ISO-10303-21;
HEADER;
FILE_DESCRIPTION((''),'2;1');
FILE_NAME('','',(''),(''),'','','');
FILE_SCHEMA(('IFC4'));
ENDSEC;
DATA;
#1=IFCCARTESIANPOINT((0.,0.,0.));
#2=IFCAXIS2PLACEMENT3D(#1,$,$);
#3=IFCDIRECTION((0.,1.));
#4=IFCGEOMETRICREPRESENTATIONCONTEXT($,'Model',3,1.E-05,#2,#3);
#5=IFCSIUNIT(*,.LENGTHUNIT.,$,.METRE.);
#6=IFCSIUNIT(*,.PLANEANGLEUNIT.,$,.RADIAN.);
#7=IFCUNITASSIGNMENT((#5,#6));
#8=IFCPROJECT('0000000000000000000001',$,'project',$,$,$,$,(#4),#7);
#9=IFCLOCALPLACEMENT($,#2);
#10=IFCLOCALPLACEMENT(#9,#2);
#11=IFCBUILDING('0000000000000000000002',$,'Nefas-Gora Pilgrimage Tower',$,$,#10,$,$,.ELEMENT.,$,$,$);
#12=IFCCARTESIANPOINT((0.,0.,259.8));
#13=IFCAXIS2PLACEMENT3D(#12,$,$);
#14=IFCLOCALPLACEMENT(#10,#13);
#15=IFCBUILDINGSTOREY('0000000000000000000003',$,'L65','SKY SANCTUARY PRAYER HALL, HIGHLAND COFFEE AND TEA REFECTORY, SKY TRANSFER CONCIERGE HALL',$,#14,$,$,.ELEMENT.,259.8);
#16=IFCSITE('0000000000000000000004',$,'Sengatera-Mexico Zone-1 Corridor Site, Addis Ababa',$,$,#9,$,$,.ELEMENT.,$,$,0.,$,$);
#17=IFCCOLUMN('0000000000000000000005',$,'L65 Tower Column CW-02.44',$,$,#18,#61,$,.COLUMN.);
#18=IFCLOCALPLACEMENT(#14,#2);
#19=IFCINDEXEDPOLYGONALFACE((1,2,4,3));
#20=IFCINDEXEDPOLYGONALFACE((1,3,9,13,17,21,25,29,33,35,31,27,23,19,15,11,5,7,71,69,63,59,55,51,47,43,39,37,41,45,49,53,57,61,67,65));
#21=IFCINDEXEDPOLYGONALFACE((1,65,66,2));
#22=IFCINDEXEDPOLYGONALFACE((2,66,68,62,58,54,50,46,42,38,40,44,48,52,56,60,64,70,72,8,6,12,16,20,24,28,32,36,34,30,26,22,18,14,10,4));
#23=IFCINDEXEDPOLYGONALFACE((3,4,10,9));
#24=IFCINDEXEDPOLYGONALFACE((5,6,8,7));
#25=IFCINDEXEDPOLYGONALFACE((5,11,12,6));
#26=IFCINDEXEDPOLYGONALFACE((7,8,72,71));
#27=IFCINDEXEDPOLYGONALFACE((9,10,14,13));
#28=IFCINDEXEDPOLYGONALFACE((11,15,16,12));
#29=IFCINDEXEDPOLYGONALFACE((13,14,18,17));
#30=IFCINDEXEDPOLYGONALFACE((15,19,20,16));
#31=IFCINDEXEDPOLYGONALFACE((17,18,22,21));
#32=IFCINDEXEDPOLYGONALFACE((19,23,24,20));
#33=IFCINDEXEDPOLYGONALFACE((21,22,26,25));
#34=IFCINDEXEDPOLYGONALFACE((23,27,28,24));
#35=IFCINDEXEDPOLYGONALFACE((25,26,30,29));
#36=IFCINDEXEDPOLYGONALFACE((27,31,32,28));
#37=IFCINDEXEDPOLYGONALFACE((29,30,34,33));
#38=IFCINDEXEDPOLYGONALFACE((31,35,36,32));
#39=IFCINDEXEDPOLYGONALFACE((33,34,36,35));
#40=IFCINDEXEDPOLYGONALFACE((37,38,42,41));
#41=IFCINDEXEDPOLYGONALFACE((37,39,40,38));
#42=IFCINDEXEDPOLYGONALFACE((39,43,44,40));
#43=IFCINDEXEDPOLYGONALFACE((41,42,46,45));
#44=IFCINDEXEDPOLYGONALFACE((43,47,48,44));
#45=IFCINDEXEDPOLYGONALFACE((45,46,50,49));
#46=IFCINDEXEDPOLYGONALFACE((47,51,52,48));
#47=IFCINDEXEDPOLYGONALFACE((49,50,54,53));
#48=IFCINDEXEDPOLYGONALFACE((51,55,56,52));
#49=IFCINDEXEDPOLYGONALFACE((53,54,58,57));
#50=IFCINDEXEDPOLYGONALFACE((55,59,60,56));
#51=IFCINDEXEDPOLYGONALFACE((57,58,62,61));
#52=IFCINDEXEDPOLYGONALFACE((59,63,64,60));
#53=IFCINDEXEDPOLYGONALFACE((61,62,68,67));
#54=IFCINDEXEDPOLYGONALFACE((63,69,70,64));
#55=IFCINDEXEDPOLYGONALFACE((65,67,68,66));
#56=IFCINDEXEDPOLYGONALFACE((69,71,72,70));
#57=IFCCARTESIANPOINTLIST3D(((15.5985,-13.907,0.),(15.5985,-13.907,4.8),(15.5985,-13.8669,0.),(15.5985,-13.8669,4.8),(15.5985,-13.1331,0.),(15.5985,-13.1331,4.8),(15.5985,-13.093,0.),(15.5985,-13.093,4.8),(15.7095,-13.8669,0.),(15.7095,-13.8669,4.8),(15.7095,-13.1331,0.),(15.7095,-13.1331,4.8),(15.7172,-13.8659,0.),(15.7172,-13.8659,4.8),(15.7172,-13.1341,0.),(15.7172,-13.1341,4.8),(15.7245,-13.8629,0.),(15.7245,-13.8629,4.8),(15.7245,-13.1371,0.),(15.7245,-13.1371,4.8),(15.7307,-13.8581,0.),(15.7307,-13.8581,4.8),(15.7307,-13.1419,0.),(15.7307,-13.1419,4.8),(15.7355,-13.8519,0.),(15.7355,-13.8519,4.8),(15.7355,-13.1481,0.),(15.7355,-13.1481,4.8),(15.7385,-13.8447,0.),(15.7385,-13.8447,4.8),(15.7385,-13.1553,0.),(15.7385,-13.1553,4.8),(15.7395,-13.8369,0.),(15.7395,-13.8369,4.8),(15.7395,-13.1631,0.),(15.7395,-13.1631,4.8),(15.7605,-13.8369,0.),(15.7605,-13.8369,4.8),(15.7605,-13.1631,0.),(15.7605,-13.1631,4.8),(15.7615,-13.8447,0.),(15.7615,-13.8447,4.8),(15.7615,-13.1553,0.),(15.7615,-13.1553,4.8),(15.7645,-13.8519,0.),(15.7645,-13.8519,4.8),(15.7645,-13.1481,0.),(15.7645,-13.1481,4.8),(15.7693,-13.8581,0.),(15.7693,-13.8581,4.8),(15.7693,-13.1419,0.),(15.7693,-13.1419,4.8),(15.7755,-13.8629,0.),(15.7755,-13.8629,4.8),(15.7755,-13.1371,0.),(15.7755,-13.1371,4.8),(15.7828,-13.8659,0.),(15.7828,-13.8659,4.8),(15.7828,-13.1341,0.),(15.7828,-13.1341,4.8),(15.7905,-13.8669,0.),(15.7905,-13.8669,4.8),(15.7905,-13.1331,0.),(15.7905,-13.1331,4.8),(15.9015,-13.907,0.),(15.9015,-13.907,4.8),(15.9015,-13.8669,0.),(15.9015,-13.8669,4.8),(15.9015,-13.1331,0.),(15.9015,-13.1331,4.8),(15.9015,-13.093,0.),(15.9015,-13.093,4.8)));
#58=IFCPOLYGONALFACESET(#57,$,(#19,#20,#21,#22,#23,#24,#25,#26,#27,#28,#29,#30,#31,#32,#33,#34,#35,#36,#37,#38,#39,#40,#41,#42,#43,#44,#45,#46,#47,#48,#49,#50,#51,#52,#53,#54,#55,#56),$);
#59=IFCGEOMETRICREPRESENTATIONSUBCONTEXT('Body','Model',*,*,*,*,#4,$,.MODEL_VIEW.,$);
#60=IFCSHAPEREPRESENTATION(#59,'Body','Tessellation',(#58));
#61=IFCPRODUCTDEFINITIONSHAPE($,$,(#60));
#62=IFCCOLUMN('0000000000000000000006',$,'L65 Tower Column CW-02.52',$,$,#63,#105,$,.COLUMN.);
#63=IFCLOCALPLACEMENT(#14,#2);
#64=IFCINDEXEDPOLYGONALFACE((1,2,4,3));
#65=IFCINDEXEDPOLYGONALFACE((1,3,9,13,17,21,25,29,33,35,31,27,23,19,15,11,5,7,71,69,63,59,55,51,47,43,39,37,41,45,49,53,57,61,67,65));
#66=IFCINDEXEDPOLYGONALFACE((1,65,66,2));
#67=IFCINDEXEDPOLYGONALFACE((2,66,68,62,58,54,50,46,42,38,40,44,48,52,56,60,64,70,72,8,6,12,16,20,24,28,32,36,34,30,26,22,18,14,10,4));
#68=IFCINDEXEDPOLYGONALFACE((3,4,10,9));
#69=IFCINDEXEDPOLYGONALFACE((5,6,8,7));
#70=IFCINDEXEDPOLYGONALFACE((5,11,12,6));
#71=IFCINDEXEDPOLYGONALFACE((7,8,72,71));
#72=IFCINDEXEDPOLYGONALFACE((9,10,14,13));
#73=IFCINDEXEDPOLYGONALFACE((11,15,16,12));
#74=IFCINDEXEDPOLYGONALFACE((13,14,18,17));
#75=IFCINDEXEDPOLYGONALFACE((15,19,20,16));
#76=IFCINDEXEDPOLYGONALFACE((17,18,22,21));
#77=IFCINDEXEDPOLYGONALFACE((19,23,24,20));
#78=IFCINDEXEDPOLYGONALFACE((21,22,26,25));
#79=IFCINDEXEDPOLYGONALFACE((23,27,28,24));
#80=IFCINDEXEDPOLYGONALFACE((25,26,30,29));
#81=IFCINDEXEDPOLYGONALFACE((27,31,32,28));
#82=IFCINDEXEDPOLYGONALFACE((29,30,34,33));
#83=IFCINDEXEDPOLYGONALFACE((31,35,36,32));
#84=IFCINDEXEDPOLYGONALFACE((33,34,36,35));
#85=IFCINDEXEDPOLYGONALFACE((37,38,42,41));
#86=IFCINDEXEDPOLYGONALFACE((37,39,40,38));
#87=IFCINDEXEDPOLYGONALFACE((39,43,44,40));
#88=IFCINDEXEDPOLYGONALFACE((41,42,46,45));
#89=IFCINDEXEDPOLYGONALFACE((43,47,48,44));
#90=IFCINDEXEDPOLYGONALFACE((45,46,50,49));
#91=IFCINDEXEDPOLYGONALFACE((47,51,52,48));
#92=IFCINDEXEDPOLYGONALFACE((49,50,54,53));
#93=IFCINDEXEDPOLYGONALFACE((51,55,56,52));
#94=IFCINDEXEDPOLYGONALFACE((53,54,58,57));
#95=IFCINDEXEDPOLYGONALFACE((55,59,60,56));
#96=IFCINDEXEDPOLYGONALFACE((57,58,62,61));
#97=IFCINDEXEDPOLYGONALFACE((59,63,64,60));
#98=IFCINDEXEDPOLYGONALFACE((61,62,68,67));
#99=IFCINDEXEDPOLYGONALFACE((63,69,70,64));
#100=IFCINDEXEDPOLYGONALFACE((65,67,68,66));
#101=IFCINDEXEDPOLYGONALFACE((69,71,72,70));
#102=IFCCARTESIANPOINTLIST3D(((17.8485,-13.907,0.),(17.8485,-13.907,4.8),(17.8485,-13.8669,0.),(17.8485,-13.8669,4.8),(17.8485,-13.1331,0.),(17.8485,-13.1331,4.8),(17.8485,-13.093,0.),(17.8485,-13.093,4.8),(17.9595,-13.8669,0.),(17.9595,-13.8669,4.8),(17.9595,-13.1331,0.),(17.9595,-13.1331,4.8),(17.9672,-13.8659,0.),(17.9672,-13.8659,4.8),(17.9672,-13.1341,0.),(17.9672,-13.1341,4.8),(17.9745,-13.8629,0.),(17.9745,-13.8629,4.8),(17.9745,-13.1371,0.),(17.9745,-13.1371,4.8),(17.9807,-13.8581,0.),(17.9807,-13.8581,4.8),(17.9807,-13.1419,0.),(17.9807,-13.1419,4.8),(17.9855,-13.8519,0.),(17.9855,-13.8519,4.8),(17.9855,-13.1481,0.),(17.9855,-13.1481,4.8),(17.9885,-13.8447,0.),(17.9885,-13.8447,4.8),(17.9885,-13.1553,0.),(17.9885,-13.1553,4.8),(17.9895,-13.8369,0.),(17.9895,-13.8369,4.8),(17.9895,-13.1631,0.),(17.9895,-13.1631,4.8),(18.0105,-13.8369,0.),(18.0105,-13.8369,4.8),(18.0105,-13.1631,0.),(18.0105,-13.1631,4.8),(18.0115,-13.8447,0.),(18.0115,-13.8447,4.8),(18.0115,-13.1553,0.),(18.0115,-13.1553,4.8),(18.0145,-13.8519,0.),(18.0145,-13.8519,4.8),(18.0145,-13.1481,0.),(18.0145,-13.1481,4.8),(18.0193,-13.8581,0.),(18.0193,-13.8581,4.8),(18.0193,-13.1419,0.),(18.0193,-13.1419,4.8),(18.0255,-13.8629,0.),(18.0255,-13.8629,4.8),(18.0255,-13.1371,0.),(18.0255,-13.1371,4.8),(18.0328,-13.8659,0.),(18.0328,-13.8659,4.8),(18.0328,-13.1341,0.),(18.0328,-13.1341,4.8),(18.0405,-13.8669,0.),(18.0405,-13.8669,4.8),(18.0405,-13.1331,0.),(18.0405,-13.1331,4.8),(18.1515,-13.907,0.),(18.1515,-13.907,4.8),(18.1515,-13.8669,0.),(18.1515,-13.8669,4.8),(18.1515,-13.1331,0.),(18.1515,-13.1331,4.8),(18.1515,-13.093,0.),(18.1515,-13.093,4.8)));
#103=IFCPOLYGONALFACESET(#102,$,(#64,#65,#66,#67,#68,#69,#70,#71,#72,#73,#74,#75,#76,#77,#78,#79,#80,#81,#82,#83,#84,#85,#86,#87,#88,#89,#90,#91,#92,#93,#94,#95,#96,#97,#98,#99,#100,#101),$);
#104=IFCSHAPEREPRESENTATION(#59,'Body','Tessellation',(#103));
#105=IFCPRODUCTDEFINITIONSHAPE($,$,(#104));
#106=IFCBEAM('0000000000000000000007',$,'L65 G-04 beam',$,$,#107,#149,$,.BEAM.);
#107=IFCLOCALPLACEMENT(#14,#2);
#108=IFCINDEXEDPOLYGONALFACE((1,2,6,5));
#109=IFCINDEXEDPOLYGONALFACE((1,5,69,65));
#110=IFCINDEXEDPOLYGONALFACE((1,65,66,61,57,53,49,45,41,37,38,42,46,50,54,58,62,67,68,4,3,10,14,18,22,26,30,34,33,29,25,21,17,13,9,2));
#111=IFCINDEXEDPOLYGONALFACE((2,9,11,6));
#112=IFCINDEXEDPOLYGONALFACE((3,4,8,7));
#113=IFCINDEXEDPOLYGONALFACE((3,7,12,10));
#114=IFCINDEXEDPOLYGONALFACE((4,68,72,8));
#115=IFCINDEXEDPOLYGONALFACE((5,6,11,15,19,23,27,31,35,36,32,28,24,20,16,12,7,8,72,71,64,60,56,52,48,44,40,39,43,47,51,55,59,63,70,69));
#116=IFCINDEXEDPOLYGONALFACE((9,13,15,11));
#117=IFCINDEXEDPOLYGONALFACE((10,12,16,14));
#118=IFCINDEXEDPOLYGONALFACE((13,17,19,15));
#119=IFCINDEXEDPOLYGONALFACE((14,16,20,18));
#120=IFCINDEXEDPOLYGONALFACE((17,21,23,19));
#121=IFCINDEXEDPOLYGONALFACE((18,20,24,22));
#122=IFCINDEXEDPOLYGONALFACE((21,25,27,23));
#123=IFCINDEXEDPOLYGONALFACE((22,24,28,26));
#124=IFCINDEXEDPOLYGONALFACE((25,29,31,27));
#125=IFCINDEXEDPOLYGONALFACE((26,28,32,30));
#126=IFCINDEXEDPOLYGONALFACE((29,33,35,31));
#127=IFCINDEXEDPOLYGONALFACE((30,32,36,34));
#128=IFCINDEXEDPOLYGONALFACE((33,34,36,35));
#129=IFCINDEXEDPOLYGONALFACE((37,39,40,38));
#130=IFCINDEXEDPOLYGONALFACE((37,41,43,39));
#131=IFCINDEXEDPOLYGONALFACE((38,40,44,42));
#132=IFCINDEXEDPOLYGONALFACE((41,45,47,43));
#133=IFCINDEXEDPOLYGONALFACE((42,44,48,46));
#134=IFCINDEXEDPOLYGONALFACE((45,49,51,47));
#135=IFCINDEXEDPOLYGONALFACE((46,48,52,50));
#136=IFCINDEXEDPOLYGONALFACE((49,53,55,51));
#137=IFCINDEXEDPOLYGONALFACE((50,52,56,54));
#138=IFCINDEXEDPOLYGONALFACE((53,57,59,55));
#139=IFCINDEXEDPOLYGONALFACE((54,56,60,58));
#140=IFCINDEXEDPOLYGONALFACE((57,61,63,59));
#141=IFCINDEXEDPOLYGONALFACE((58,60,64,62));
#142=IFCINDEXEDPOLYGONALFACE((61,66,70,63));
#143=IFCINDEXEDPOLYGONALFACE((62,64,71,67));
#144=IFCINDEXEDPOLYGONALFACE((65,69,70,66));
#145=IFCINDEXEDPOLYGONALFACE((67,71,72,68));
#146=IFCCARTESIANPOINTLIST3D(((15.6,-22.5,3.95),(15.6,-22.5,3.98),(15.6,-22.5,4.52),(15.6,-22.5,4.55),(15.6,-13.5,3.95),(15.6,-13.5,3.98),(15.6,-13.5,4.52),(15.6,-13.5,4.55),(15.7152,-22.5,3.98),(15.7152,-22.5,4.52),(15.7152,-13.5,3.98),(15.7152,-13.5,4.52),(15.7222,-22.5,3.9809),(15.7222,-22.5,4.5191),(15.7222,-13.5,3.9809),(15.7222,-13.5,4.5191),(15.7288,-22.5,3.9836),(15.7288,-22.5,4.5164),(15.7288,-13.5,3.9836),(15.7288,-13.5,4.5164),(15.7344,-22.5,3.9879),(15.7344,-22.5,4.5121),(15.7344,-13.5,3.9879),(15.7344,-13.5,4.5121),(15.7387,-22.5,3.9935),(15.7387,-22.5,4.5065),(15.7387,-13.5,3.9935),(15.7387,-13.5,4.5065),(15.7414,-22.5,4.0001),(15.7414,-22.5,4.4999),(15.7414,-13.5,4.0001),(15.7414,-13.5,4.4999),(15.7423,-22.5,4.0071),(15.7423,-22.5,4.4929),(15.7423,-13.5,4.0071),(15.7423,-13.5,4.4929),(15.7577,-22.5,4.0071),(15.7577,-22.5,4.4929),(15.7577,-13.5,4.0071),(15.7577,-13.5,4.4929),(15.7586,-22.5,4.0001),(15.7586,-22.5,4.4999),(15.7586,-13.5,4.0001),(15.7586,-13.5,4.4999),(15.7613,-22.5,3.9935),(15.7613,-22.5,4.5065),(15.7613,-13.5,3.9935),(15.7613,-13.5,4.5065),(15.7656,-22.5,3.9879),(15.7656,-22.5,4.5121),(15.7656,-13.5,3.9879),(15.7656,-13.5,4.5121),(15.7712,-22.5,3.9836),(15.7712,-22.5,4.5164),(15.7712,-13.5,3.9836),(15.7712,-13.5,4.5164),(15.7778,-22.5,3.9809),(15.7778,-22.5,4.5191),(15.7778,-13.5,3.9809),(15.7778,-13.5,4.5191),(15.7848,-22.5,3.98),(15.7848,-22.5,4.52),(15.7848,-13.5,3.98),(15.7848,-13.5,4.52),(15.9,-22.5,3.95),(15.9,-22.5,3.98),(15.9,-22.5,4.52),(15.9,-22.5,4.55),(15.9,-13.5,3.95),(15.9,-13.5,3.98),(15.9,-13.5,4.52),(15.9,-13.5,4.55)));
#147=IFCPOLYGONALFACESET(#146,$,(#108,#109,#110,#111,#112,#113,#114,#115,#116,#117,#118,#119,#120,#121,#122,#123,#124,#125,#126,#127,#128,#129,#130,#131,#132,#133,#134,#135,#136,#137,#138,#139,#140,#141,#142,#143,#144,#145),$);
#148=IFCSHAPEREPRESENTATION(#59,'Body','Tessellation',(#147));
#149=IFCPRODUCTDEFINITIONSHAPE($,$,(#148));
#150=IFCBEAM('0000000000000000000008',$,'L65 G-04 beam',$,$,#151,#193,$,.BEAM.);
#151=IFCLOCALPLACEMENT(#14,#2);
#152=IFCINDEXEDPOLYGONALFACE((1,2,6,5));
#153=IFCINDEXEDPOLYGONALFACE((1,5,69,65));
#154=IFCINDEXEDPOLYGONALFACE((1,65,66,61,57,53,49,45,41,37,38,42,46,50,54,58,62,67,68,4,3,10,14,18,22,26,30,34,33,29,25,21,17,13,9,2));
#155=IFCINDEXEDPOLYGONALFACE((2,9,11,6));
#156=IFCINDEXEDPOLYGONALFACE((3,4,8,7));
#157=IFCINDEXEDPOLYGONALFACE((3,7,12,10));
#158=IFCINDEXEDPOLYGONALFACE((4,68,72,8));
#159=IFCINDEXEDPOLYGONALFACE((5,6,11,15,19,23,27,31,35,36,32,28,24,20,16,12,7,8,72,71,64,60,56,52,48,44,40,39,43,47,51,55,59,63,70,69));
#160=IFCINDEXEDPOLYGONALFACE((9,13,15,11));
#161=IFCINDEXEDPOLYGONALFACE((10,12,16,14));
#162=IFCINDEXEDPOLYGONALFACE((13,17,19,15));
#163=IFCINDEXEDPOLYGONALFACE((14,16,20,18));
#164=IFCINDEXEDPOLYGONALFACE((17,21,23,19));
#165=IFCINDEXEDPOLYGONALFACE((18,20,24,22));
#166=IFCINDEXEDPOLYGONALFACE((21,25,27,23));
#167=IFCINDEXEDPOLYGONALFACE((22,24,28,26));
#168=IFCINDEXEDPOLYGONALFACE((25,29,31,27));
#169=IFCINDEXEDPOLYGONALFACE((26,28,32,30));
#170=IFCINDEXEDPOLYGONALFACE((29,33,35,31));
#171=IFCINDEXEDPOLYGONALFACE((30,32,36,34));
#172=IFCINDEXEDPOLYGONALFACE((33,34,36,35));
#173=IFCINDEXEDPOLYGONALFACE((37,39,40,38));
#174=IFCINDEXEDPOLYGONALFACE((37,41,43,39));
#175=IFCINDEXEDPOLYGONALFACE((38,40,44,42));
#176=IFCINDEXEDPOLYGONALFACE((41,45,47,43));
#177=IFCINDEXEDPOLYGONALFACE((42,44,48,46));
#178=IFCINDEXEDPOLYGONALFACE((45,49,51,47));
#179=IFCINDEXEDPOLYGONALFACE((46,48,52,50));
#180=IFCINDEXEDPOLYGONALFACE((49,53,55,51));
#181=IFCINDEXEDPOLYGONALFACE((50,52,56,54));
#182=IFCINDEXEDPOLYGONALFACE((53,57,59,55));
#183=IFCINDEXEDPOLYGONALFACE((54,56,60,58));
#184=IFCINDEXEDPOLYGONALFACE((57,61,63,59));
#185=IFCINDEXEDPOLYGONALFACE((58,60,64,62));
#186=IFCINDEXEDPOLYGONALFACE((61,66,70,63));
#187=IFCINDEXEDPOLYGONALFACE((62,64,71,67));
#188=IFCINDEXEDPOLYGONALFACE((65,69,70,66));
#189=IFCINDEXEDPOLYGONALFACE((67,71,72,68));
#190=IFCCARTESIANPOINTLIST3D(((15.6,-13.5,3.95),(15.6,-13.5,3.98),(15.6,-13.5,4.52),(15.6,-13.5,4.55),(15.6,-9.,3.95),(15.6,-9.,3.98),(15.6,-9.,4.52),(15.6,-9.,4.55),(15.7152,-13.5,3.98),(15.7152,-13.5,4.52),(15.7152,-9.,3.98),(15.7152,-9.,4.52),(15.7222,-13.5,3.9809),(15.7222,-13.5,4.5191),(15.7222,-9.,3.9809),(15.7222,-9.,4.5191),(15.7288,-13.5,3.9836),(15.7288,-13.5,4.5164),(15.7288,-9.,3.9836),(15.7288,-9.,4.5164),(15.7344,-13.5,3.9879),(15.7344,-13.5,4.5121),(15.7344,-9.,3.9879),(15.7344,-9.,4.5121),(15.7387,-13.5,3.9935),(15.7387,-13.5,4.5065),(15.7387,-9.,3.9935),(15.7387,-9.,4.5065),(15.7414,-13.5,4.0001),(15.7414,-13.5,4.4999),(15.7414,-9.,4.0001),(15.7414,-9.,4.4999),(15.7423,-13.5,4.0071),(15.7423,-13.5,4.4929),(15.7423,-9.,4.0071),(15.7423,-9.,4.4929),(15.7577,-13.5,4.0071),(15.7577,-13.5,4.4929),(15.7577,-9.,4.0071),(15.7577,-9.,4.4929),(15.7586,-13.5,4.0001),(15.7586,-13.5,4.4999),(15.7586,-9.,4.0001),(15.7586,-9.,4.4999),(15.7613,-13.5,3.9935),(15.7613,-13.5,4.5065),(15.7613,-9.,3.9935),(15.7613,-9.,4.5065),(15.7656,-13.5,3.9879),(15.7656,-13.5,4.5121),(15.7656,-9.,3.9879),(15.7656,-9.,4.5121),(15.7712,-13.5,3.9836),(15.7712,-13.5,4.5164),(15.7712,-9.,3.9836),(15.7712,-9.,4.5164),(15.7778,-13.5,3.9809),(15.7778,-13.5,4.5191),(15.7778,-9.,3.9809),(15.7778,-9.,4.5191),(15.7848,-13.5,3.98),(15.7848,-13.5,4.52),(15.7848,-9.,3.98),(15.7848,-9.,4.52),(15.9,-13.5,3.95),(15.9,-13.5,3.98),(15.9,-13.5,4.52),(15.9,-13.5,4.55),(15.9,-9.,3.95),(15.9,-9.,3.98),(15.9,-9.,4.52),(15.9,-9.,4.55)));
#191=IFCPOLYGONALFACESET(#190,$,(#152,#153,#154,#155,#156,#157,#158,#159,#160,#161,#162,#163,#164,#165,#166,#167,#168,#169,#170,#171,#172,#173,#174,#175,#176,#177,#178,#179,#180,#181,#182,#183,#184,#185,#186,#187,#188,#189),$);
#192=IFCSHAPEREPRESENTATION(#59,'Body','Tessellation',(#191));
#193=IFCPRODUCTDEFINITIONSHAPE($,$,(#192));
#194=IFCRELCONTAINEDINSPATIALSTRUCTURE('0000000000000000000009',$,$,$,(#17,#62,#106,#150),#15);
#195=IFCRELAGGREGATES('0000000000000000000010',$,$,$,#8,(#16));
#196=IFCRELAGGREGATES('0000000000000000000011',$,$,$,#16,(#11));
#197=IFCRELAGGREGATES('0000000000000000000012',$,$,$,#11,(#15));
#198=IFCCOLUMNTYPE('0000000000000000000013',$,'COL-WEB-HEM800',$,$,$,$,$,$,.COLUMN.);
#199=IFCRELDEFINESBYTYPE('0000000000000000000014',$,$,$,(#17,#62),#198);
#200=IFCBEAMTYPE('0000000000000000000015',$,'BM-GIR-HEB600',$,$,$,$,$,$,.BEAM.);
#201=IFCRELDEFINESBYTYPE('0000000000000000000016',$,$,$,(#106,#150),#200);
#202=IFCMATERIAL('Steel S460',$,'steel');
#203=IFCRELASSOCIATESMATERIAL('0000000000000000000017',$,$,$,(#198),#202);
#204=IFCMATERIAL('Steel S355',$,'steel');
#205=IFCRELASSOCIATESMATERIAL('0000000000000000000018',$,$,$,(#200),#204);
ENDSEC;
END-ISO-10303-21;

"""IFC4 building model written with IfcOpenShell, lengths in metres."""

from ifc_helpers import new_model, si_unit, direction, frame, origin, origin_2d, place, context, subcontext, project, spatial, i_section, extrude, source, transform, mapped, material, material_profile, profile_set, type_object, element, save


model = new_model("IFC4")

# Units and contexts
model_context = context("Model", 3, precision=1e-05, world=origin(), true_north=direction((0.0, 1.0)))
body_context = subcontext(model_context, "Body", "Model", "MODEL_VIEW")
ifc_project = project(units=[si_unit("LENGTHUNIT", "METRE"), si_unit("PLANEANGLEUNIT", "RADIAN")], contexts=[model_context])

# Site, building, storey
site_placement = place(None, origin())
site = spatial("IfcSite", under=ifc_project, at=site_placement, Name="Sengatera-Mexico Zone-1 Corridor Site, Addis Ababa", CompositionType="ELEMENT", RefElevation=0.0)
building_placement = place(site_placement, origin())
building = spatial("IfcBuilding", under=site, at=building_placement, Name="Nefas-Gora Pilgrimage Tower", CompositionType="ELEMENT")
storey_placement = place(building_placement, frame((0.0, 0.0, 259.8)))
storey = spatial("IfcBuildingStorey", under=building, at=storey_placement, Name="L65", Description="SKY SANCTUARY PRAYER HALL, HIGHLAND COFFEE AND TEA REFECTORY, SKY TRANSFER CONCIERGE HALL", CompositionType="ELEMENT", Elevation=259.8)

# Columns
ifc_material_1 = material(Name="Steel S460", Category="steel")
ifc_material_profile_1 = material_profile(ifc_material_1, i_section(OverallWidth=0.303, OverallDepth=0.814, WebThickness=0.021, FlangeThickness=0.04, FilletRadius=0.03, at=origin_2d()), Name="HEM 800")
ifc_profile_set_1 = profile_set([ifc_material_profile_1], Name="Steel S460")
column_type_1 = type_object("IfcColumnType", Name="COL-WEB-HEM800", PredefinedType="COLUMN", material=ifc_profile_set_1)
shared_shape_1 = source(origin(), body_context, "Body", "SweptSolid", [
    extrude(i_section(OverallWidth=0.303, OverallDepth=0.814, WebThickness=0.021, FlangeThickness=0.04, FilletRadius=0.03, at=origin_2d()), origin(), (0.0, 0.0, 1.0), 4.8),
])
for number, where, z_axis, x_axis, name in (
    (1, (15.75, -13.5, 0.0), (0.0, 0.0, 1.0), (1.0, 0.0, 0.0), "L65 Tower Column CW-02.44"),
    (2, (18.0, -13.5, 0.0), (0.0, 0.0, 1.0), (1.0, 0.0, 0.0), "L65 Tower Column CW-02.52"),
):
    element("IfcColumn", number, at=place(storey_placement, frame(where, z_axis=z_axis, x_axis=x_axis)), inside=storey, type_object=column_type_1, Name=name, PredefinedType="COLUMN", context=body_context, shape_type="MappedRepresentation", body=[
        mapped(shared_shape_1, transform((0.0, 0.0, 0.0), x_axis=(1.0, 0.0, 0.0), y_axis=(0.0, 1.0, 0.0), z_axis=(0.0, 0.0, 1.0), scale=1.0)),
    ])

# Beams
ifc_material_2 = material(Name="Steel S355", Category="steel")
ifc_material_profile_2 = material_profile(ifc_material_2, i_section(OverallWidth=0.3, OverallDepth=0.6001, WebThickness=0.0154, FlangeThickness=0.03, FilletRadius=0.0271, at=origin_2d()), Name="HEB 600")
ifc_profile_set_2 = profile_set([ifc_material_profile_2], Name="Steel S355")
beam_type = type_object("IfcBeamType", Name="BM-GIR-HEB600", PredefinedType="BEAM", material=ifc_profile_set_2)
shared_shape_2 = source(origin(), body_context, "Body", "SweptSolid", [
    extrude(i_section(OverallWidth=0.3, OverallDepth=0.6001, WebThickness=0.0154, FlangeThickness=0.03, FilletRadius=0.0271, at=origin_2d()), origin(), (0.0, 0.0, 1.0), 9.0),
])
beam_1_placement = place(storey_placement, frame((15.75, -22.5, 4.25), z_axis=(0.0, 1.0, 0.0), x_axis=(-1.0, 0.0, 0.0)))
element("IfcBeam", 3, at=beam_1_placement, inside=storey, type_object=beam_type, Name="L65 G-04 beam", PredefinedType="BEAM", context=body_context, shape_type="MappedRepresentation", body=[
    mapped(shared_shape_2, transform((0.0, 0.0, 0.0), x_axis=(1.0, 0.0, 0.0), y_axis=(0.0, 1.0, 0.0), z_axis=(0.0, 0.0, 1.0), scale=1.0)),
])
shared_shape_3 = source(origin(), body_context, "Body", "SweptSolid", [
    extrude(i_section(OverallWidth=0.3, OverallDepth=0.6001, WebThickness=0.0154, FlangeThickness=0.03, FilletRadius=0.0271, at=origin_2d()), origin(), (0.0, 0.0, 1.0), 4.5),
])
for number, where, z_axis, x_axis, name in (
    (4, (15.75, -13.5, 4.25), (0.0, 1.0, 0.0), (-1.0, 0.0, 0.0), "L65 G-04 beam"),
):
    element("IfcBeam", number, at=place(storey_placement, frame(where, z_axis=z_axis, x_axis=x_axis)), inside=storey, type_object=beam_type, Name=name, PredefinedType="BEAM", context=body_context, shape_type="MappedRepresentation", body=[
        mapped(shared_shape_3, transform((0.0, 0.0, 0.0), x_axis=(1.0, 0.0, 0.0), y_axis=(0.0, 1.0, 0.0), z_axis=(0.0, 0.0, 1.0), scale=1.0)),
    ])

save(model, "model.ifc")
